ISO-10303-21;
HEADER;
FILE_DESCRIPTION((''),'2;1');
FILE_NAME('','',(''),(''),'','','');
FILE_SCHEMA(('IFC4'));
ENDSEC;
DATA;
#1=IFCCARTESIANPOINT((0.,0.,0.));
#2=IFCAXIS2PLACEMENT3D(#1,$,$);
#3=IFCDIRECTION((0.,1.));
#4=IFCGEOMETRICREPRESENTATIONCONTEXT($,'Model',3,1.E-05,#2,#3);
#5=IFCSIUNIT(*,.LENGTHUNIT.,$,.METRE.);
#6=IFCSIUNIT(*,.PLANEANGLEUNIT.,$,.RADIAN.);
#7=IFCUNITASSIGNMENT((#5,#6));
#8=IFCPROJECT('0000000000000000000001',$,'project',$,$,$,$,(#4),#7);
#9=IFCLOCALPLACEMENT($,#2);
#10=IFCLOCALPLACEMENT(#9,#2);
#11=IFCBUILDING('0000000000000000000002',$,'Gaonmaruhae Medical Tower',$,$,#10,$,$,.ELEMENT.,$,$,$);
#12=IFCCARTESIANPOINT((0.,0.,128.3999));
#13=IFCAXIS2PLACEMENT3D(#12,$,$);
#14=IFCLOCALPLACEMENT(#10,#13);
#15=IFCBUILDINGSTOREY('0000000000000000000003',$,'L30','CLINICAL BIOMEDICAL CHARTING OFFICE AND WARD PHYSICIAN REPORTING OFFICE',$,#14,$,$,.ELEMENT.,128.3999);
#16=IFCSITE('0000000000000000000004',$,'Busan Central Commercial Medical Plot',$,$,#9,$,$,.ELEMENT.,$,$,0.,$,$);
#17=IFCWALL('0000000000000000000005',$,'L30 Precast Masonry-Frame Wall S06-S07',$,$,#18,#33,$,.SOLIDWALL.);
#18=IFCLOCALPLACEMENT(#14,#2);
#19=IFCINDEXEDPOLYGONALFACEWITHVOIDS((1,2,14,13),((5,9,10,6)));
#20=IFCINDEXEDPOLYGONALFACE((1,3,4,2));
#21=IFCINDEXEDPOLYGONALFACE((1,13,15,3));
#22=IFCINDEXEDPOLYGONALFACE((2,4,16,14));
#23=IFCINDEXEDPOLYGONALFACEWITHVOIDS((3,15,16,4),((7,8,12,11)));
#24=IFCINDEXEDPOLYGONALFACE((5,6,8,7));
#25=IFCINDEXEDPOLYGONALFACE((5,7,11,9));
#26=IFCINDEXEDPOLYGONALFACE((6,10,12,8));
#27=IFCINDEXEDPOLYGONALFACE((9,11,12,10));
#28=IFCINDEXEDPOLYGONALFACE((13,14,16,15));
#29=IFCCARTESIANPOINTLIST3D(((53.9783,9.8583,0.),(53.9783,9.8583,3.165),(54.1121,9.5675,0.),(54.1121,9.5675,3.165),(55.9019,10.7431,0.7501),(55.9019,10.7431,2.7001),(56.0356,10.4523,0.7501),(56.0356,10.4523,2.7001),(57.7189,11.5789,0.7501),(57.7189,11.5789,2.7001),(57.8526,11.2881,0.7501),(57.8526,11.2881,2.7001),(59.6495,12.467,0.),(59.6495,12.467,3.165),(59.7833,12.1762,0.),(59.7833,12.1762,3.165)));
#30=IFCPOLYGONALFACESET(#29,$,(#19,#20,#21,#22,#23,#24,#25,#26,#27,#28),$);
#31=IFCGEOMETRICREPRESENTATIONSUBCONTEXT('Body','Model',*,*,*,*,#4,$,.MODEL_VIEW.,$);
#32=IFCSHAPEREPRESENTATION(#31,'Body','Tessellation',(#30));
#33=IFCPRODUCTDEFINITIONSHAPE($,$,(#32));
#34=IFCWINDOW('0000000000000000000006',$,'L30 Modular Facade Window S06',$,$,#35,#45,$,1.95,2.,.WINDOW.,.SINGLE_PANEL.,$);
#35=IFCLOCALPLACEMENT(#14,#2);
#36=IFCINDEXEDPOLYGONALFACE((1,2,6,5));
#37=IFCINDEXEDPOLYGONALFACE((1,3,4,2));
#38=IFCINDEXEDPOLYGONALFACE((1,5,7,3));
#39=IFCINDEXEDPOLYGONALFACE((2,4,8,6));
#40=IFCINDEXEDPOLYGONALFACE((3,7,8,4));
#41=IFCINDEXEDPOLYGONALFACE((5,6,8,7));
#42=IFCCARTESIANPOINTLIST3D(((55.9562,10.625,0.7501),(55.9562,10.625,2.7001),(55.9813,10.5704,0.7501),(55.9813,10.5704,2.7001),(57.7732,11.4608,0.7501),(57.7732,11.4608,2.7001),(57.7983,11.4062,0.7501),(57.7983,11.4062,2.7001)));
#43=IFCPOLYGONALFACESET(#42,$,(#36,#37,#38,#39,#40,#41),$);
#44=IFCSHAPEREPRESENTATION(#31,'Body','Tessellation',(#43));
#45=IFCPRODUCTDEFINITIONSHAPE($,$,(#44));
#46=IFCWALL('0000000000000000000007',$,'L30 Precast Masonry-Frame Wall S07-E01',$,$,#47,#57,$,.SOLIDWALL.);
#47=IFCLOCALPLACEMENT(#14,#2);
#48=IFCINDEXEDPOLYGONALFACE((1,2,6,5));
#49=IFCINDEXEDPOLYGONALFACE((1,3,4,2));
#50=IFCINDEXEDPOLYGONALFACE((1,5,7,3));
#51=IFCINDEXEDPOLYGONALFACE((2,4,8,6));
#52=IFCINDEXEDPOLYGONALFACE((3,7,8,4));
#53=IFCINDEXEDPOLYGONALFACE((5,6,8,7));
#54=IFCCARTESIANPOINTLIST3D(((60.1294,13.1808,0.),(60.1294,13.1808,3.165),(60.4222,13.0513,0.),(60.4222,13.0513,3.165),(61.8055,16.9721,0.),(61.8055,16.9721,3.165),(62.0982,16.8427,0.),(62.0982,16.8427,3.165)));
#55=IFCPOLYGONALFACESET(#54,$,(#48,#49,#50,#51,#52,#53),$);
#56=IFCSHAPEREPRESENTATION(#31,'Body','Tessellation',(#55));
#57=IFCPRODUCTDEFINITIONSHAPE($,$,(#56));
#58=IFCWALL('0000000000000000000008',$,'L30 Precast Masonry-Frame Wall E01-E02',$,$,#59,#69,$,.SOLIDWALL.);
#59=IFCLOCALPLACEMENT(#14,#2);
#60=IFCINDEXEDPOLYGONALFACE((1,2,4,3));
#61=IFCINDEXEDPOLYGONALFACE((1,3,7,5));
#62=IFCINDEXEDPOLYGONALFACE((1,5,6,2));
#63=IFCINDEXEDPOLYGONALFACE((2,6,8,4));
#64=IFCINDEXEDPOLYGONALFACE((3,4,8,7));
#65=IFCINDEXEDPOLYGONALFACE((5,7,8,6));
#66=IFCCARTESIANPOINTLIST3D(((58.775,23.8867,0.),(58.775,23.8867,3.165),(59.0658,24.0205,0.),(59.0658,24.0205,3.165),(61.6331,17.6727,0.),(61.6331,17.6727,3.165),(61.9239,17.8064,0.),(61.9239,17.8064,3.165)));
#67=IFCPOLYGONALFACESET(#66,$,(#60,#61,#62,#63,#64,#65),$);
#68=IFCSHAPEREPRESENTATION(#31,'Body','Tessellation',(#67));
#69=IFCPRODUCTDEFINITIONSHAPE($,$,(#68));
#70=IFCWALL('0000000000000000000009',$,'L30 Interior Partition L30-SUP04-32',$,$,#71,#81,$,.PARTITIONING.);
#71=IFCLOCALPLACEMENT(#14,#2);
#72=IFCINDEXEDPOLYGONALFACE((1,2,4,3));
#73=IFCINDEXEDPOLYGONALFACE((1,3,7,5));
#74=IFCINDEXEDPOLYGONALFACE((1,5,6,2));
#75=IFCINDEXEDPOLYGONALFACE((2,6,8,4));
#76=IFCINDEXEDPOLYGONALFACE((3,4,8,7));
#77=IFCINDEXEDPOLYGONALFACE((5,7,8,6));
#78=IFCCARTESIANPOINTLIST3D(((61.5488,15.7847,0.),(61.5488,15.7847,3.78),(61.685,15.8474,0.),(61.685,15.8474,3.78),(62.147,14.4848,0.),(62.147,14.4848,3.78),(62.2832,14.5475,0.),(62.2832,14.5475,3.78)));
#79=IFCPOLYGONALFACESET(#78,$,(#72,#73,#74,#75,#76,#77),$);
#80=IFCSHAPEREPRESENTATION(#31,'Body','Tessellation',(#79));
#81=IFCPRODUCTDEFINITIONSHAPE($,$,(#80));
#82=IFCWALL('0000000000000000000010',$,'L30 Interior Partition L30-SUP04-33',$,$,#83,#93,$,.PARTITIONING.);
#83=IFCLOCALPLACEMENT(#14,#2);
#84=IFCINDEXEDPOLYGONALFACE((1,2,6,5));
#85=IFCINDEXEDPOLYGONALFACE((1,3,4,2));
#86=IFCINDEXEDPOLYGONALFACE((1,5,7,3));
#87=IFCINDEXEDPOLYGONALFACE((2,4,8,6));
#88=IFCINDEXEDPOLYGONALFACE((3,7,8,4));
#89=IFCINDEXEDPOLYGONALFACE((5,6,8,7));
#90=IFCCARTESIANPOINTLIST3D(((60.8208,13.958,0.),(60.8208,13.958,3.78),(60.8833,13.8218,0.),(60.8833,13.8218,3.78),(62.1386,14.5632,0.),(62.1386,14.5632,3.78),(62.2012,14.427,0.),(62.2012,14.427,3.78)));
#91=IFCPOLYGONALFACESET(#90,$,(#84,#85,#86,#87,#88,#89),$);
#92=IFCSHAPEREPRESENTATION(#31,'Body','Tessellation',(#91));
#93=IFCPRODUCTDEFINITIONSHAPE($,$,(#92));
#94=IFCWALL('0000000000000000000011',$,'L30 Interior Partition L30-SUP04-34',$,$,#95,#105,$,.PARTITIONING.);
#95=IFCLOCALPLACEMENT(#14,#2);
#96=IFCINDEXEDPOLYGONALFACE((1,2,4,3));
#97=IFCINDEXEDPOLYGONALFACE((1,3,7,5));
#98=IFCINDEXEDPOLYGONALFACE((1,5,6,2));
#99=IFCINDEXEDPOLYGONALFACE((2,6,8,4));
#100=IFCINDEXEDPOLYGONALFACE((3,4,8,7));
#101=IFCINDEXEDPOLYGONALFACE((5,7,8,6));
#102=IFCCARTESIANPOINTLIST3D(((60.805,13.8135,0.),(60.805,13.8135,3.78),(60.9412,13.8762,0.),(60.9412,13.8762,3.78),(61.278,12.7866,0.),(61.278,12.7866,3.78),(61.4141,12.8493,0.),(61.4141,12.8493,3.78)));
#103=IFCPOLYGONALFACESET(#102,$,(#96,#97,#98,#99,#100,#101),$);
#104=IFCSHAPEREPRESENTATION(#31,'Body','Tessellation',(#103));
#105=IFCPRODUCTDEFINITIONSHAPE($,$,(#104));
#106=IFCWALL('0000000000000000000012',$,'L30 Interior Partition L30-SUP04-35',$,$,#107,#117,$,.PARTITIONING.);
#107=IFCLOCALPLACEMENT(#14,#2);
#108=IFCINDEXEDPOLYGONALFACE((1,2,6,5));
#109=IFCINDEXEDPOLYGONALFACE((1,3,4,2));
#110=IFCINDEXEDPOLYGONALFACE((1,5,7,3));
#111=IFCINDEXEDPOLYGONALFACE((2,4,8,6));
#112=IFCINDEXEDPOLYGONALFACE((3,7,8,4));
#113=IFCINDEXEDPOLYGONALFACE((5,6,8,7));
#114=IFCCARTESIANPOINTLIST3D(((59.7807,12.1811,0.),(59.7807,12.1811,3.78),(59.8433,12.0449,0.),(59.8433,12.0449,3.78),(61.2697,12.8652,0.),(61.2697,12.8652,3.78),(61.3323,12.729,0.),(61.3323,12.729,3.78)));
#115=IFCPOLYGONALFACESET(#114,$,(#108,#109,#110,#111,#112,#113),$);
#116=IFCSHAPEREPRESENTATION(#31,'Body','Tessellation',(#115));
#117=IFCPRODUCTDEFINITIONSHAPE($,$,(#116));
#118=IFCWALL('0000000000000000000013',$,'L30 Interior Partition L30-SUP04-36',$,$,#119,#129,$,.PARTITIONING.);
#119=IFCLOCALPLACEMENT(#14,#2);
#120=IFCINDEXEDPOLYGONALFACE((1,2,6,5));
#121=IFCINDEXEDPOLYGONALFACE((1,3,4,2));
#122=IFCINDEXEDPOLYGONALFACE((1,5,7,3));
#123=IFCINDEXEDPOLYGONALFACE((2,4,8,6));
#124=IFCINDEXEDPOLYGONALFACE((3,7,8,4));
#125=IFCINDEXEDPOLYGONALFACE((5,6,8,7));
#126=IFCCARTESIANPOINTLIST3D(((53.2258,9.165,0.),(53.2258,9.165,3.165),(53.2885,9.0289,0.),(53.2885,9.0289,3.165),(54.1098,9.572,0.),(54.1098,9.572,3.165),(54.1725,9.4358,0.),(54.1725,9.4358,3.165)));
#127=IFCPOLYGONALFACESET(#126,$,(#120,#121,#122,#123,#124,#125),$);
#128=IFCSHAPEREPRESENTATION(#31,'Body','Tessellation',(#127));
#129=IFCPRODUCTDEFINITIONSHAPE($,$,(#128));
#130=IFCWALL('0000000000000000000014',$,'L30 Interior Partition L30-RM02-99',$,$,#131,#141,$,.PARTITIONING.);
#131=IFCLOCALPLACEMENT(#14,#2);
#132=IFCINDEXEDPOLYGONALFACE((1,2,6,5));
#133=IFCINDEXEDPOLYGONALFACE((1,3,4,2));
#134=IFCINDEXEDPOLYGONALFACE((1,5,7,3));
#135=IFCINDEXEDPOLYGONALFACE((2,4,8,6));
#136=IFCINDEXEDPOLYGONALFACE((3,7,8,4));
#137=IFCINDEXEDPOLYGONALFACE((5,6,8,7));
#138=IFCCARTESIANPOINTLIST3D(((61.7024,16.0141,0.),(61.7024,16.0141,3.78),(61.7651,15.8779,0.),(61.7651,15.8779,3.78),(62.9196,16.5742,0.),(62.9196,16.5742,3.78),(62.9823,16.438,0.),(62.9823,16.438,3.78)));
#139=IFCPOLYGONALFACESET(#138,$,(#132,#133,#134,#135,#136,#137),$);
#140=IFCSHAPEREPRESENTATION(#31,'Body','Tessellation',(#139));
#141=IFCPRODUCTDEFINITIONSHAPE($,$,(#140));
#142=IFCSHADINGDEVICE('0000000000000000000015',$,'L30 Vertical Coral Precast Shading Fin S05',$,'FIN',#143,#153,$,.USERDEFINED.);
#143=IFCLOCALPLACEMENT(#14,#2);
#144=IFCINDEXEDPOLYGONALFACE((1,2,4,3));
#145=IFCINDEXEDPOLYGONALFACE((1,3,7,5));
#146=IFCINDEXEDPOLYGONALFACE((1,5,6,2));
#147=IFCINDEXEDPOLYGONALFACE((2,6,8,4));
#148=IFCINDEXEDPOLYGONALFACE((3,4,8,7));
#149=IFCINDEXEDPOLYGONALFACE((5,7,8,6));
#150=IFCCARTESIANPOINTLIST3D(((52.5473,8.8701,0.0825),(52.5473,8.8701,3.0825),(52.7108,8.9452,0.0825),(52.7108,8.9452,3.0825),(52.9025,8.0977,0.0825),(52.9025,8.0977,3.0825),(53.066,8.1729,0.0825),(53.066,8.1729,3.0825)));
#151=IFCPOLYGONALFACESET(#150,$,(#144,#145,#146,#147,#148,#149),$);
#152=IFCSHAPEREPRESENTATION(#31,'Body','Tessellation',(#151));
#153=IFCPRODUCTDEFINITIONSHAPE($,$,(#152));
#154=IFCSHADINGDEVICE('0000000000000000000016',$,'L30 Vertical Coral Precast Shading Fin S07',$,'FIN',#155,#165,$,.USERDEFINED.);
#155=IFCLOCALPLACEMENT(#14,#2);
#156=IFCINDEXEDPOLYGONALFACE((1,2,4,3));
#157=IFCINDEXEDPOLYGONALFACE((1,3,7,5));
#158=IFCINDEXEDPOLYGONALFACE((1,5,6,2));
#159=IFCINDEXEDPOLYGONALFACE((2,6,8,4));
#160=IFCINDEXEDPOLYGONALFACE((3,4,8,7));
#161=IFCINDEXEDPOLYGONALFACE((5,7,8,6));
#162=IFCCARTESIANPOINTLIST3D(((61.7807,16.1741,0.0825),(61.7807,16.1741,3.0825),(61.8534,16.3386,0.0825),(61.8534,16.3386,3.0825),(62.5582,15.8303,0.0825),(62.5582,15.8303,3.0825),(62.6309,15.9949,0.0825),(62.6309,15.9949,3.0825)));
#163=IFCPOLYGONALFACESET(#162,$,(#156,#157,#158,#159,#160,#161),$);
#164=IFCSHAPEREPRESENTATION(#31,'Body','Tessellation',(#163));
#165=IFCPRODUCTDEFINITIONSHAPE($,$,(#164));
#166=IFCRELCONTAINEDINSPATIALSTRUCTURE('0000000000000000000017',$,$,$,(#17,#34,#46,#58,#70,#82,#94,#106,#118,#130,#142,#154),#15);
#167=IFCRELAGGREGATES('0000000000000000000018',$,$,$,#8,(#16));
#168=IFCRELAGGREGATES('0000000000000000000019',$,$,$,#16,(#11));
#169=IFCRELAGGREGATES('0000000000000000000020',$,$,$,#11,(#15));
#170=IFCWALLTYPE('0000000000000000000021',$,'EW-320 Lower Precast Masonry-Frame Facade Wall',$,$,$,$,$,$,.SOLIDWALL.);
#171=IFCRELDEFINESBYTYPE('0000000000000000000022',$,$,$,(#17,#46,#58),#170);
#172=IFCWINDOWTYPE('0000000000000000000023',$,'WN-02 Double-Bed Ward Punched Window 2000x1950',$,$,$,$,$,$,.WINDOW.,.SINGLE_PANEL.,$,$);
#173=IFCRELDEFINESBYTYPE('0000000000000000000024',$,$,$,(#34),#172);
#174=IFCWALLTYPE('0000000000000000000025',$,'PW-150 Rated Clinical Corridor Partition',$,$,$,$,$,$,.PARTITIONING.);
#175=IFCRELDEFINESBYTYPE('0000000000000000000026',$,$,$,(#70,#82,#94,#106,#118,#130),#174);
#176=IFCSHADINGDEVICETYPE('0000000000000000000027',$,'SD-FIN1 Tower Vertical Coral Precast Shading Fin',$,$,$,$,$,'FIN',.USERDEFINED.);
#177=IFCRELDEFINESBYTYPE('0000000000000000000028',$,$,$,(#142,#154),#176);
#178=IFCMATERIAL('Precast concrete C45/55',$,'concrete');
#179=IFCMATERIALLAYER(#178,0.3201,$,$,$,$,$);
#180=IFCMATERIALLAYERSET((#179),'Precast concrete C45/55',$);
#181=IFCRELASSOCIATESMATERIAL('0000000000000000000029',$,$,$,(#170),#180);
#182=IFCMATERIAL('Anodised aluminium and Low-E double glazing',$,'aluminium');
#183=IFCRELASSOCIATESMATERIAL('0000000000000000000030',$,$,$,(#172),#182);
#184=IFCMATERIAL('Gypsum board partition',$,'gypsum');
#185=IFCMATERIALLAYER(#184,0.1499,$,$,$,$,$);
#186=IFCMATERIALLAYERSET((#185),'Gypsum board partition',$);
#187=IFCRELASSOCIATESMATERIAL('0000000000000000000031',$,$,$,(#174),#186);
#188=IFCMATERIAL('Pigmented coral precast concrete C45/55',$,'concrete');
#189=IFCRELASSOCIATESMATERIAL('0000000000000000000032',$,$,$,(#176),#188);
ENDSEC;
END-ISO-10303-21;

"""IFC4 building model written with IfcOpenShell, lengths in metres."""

from ifc_helpers import new_model, si_unit, direction, frame, frame_2d, origin, origin_2d, place, context, subcontext, project, spatial, rectangle, extrude, material, layer, layer_set, type_object, element, fill, save


model = new_model("IFC4")

# Units and contexts
model_context = context("Model", 3, precision=1e-05, world=origin(), true_north=direction((0.0, 1.0)))
body_context = subcontext(model_context, "Body", "Model", "MODEL_VIEW")
ifc_project = project(units=[si_unit("LENGTHUNIT", "METRE"), si_unit("PLANEANGLEUNIT", "RADIAN")], contexts=[model_context])

# Site, building, storey
site_placement = place(None, origin())
site = spatial("IfcSite", under=ifc_project, at=site_placement, Name="Busan Central Commercial Medical Plot", CompositionType="ELEMENT", RefElevation=0.0)
building_placement = place(site_placement, origin())
building = spatial("IfcBuilding", under=site, at=building_placement, Name="Gaonmaruhae Medical Tower", CompositionType="ELEMENT")
storey_placement = place(building_placement, frame((0.0, 0.0, 128.3999)))
storey = spatial("IfcBuildingStorey", under=building, at=storey_placement, Name="L30", Description="CLINICAL BIOMEDICAL CHARTING OFFICE AND WARD PHYSICIAN REPORTING OFFICE", CompositionType="ELEMENT", Elevation=128.3999)

# Wall, opening, window
ifc_material_1 = material(Name="Precast concrete C45/55", Category="concrete")
ifc_layer_1 = layer(ifc_material_1, 0.3201)
ifc_layer_set_1 = layer_set([ifc_layer_1], Name="Precast concrete C45/55")
wall_type_1 = type_object("IfcWallType", Name="EW-320 Lower Precast Masonry-Frame Facade Wall", PredefinedType="SOLIDWALL", material=ifc_layer_set_1)
ifc_material_2 = material(Name="Anodised aluminium and Low-E double glazing", Category="aluminium")
wall_1_placement = place(storey_placement, frame((59.7163, 12.3215, 0.0), z_axis=(0.0, 0.0, 1.0), x_axis=(-0.908496, -0.417895, 0.0)))
wall_1 = element("IfcWall", 1, at=wall_1_placement, inside=storey, type_object=wall_type_1, Name="L30 Precast Masonry-Frame Wall S06-S07", PredefinedType="SOLIDWALL", context=body_context, shape_type="SweptSolid", body=[
    extrude(rectangle(XDim=6.2424, YDim=0.3201, at=frame_2d((3.1211, 0.0))), origin(), (0.0, 0.0, 1.0), 3.165),
])
opening_1_placement = place(wall_1_placement, frame((2.125, 0.0, 0.75)))
opening_1 = element("IfcOpeningElement", 2, at=opening_1_placement, cuts=wall_1, PredefinedType="OPENING", context=body_context, shape_type="SweptSolid", body=[
    extrude(rectangle(XDim=2.0, YDim=1.95, at=frame_2d((1.0, 0.9751))), frame((0.0, 0.1699, 0.0), z_axis=(0.0, -1.0, 0.0), x_axis=(1.0, 0.0, 0.0)), (0.0, 0.0, 1.0), 0.3401),
])
window_type_1 = type_object("IfcWindowType", Name="WN-02 Double-Bed Ward Punched Window 2000x1950", PartitioningType="SINGLE_PANEL", PredefinedType="WINDOW", material=ifc_material_2)
window_1_placement = place(opening_1_placement, origin())
window_1 = element("IfcWindow", 3, at=window_1_placement, inside=storey, type_object=window_type_1, Name="L30 Modular Facade Window S06", OverallHeight=1.95, OverallWidth=2.0, PartitioningType="SINGLE_PANEL", PredefinedType="WINDOW", context=body_context, shape_type="SweptSolid", body=[
    extrude(rectangle(XDim=2.0, YDim=1.95, at=frame_2d((1.0, 0.9751))), frame((0.0, 0.03, 0.0), z_axis=(0.0, -1.0, 0.0), x_axis=(1.0, 0.0, 0.0)), (0.0, 0.0, 1.0), 0.0601),
])
fill(opening_1, window_1)

# Walls
wall_2_placement = place(storey_placement, frame((61.9519, 16.9075, 0.0), z_axis=(0.0, 0.0, 1.0), x_axis=(-0.404329, -0.914614, 0.0)))
element("IfcWall", 4, at=wall_2_placement, inside=storey, type_object=wall_type_1, Name="L30 Precast Masonry-Frame Wall S07-E01", PredefinedType="SOLIDWALL", context=body_context, shape_type="SweptSolid", body=[
    extrude(rectangle(XDim=4.1453, YDim=0.3201, at=frame_2d((2.0728, 0.0))), origin(), (0.0, 0.0, 1.0), 3.165),
])
wall_3_placement = place(storey_placement, frame((58.9204, 23.9536, 0.0), z_axis=(0.0, 0.0, 1.0), x_axis=(0.417865, -0.908509, 0.0)))
element("IfcWall", 5, at=wall_3_placement, inside=storey, type_object=wall_type_1, Name="L30 Precast Masonry-Frame Wall E01-E02", PredefinedType="SOLIDWALL", context=body_context, shape_type="SweptSolid", body=[
    extrude(rectangle(XDim=6.8398, YDim=0.3201, at=frame_2d((3.4199, 0.0))), origin(), (0.0, 0.0, 1.0), 3.165),
])
ifc_material_3 = material(Name="Gypsum board partition", Category="gypsum")
ifc_layer_2 = layer(ifc_material_3, 0.1499)
ifc_layer_set_2 = layer_set([ifc_layer_2], Name="Gypsum board partition")
wall_type_2 = type_object("IfcWallType", Name="PW-150 Rated Clinical Corridor Partition", PredefinedType="PARTITIONING", material=ifc_layer_set_2)
wall_4_placement = place(storey_placement, frame((61.6169, 15.8159, 0.0), z_axis=(0.0, 0.0, 1.0), x_axis=(0.418041, -0.908428, 0.0)))
element("IfcWall", 6, at=wall_4_placement, inside=storey, type_object=wall_type_2, Name="L30 Interior Partition L30-SUP04-32", PredefinedType="PARTITIONING", context=body_context, shape_type="SweptSolid", body=[
    extrude(rectangle(XDim=1.4309, YDim=0.1499, at=frame_2d((0.7153, 0.0))), origin(), (0.0, 0.0, 1.0), 3.78),
])
wall_5_placement = place(storey_placement, frame((62.1699, 14.4951, 0.0), z_axis=(0.0, 0.0, 1.0), x_axis=(-0.908751, -0.417339, 0.0)))
element("IfcWall", 7, at=wall_5_placement, inside=storey, type_object=wall_type_2, Name="L30 Interior Partition L30-SUP04-33", PredefinedType="PARTITIONING", context=body_context, shape_type="SweptSolid", body=[
    extrude(rectangle(XDim=1.4502, YDim=0.1499, at=frame_2d((0.7251, 0.0))), origin(), (0.0, 0.0, 1.0), 3.78),
])
wall_6_placement = place(storey_placement, frame((60.873, 13.845, 0.0), z_axis=(0.0, 0.0, 1.0), x_axis=(0.418305, -0.908307, 0.0)))
element("IfcWall", 8, at=wall_6_placement, inside=storey, type_object=wall_type_2, Name="L30 Interior Partition L30-SUP04-34", PredefinedType="PARTITIONING", context=body_context, shape_type="SweptSolid", body=[
    extrude(rectangle(XDim=1.1306, YDim=0.1499, at=frame_2d((0.5654, 0.0))), origin(), (0.0, 0.0, 1.0), 3.78),
])
wall_7_placement = place(storey_placement, frame((61.301, 12.7971, 0.0), z_axis=(0.0, 0.0, 1.0), x_axis=(-0.908691, -0.41747, 0.0)))
element("IfcWall", 9, at=wall_7_placement, inside=storey, type_object=wall_type_2, Name="L30 Interior Partition L30-SUP04-35", PredefinedType="PARTITIONING", context=body_context, shape_type="SweptSolid", body=[
    extrude(rectangle(XDim=1.6387, YDim=0.1499, at=frame_2d((0.8193, 0.0))), origin(), (0.0, 0.0, 1.0), 3.78),
])
wall_8_placement = place(storey_placement, frame((54.1411, 9.5039, 0.0), z_axis=(0.0, 0.0, 1.0), x_axis=(-0.908363, -0.418183, 0.0)))
element("IfcWall", 10, at=wall_8_placement, inside=storey, type_object=wall_type_2, Name="L30 Interior Partition L30-SUP04-36", PredefinedType="PARTITIONING", context=body_context, shape_type="SweptSolid", body=[
    extrude(rectangle(XDim=0.9731, YDim=0.1499, at=frame_2d((0.4866, 0.0))), origin(), (0.0, 0.0, 1.0), 3.165),
])
wall_9_placement = place(storey_placement, frame((62.9509, 16.5061, 0.0), z_axis=(0.0, 0.0, 1.0), x_axis=(-0.908428, -0.418041, 0.0)))
element("IfcWall", 11, at=wall_9_placement, inside=storey, type_object=wall_type_2, Name="L30 Interior Partition L30-RM02-99", PredefinedType="PARTITIONING", context=body_context, shape_type="SweptSolid", body=[
    extrude(rectangle(XDim=1.3398, YDim=0.1499, at=frame_2d((0.6699, 0.0))), origin(), (0.0, 0.0, 1.0), 3.78),
])

# Shading devices
ifc_material_4 = material(Name="Pigmented coral precast concrete C45/55", Category="concrete")
shading_device_type = type_object("IfcShadingDeviceType", Name="SD-FIN1 Tower Vertical Coral Precast Shading Fin", ElementType="FIN", PredefinedType="USERDEFINED", material=ifc_material_4)
for number, where, z_axis, x_axis, name in (
    (12, (52.8066, 8.5215, 0.0825), (0.0, 0.0, 1.0), (-0.908508, -0.417867, 0.0), "L30 Vertical Coral Precast Shading Fin S05"),
    (13, (62.2058, 16.0845, 0.0825), (0.0, 0.0, 1.0), (-0.404376, -0.914593, 0.0), "L30 Vertical Coral Precast Shading Fin S07"),
):
    element("IfcShadingDevice", number, at=place(storey_placement, frame(where, z_axis=z_axis, x_axis=x_axis)), inside=storey, type_object=shading_device_type, Name=name, ObjectType="FIN", PredefinedType="USERDEFINED", context=body_context, shape_type="SweptSolid", body=[
        extrude(rectangle(XDim=0.1799, YDim=0.8501, at=origin_2d()), origin(), (0.0, 0.0, 1.0), 3.0),
    ])

save(model, "model.ifc")
